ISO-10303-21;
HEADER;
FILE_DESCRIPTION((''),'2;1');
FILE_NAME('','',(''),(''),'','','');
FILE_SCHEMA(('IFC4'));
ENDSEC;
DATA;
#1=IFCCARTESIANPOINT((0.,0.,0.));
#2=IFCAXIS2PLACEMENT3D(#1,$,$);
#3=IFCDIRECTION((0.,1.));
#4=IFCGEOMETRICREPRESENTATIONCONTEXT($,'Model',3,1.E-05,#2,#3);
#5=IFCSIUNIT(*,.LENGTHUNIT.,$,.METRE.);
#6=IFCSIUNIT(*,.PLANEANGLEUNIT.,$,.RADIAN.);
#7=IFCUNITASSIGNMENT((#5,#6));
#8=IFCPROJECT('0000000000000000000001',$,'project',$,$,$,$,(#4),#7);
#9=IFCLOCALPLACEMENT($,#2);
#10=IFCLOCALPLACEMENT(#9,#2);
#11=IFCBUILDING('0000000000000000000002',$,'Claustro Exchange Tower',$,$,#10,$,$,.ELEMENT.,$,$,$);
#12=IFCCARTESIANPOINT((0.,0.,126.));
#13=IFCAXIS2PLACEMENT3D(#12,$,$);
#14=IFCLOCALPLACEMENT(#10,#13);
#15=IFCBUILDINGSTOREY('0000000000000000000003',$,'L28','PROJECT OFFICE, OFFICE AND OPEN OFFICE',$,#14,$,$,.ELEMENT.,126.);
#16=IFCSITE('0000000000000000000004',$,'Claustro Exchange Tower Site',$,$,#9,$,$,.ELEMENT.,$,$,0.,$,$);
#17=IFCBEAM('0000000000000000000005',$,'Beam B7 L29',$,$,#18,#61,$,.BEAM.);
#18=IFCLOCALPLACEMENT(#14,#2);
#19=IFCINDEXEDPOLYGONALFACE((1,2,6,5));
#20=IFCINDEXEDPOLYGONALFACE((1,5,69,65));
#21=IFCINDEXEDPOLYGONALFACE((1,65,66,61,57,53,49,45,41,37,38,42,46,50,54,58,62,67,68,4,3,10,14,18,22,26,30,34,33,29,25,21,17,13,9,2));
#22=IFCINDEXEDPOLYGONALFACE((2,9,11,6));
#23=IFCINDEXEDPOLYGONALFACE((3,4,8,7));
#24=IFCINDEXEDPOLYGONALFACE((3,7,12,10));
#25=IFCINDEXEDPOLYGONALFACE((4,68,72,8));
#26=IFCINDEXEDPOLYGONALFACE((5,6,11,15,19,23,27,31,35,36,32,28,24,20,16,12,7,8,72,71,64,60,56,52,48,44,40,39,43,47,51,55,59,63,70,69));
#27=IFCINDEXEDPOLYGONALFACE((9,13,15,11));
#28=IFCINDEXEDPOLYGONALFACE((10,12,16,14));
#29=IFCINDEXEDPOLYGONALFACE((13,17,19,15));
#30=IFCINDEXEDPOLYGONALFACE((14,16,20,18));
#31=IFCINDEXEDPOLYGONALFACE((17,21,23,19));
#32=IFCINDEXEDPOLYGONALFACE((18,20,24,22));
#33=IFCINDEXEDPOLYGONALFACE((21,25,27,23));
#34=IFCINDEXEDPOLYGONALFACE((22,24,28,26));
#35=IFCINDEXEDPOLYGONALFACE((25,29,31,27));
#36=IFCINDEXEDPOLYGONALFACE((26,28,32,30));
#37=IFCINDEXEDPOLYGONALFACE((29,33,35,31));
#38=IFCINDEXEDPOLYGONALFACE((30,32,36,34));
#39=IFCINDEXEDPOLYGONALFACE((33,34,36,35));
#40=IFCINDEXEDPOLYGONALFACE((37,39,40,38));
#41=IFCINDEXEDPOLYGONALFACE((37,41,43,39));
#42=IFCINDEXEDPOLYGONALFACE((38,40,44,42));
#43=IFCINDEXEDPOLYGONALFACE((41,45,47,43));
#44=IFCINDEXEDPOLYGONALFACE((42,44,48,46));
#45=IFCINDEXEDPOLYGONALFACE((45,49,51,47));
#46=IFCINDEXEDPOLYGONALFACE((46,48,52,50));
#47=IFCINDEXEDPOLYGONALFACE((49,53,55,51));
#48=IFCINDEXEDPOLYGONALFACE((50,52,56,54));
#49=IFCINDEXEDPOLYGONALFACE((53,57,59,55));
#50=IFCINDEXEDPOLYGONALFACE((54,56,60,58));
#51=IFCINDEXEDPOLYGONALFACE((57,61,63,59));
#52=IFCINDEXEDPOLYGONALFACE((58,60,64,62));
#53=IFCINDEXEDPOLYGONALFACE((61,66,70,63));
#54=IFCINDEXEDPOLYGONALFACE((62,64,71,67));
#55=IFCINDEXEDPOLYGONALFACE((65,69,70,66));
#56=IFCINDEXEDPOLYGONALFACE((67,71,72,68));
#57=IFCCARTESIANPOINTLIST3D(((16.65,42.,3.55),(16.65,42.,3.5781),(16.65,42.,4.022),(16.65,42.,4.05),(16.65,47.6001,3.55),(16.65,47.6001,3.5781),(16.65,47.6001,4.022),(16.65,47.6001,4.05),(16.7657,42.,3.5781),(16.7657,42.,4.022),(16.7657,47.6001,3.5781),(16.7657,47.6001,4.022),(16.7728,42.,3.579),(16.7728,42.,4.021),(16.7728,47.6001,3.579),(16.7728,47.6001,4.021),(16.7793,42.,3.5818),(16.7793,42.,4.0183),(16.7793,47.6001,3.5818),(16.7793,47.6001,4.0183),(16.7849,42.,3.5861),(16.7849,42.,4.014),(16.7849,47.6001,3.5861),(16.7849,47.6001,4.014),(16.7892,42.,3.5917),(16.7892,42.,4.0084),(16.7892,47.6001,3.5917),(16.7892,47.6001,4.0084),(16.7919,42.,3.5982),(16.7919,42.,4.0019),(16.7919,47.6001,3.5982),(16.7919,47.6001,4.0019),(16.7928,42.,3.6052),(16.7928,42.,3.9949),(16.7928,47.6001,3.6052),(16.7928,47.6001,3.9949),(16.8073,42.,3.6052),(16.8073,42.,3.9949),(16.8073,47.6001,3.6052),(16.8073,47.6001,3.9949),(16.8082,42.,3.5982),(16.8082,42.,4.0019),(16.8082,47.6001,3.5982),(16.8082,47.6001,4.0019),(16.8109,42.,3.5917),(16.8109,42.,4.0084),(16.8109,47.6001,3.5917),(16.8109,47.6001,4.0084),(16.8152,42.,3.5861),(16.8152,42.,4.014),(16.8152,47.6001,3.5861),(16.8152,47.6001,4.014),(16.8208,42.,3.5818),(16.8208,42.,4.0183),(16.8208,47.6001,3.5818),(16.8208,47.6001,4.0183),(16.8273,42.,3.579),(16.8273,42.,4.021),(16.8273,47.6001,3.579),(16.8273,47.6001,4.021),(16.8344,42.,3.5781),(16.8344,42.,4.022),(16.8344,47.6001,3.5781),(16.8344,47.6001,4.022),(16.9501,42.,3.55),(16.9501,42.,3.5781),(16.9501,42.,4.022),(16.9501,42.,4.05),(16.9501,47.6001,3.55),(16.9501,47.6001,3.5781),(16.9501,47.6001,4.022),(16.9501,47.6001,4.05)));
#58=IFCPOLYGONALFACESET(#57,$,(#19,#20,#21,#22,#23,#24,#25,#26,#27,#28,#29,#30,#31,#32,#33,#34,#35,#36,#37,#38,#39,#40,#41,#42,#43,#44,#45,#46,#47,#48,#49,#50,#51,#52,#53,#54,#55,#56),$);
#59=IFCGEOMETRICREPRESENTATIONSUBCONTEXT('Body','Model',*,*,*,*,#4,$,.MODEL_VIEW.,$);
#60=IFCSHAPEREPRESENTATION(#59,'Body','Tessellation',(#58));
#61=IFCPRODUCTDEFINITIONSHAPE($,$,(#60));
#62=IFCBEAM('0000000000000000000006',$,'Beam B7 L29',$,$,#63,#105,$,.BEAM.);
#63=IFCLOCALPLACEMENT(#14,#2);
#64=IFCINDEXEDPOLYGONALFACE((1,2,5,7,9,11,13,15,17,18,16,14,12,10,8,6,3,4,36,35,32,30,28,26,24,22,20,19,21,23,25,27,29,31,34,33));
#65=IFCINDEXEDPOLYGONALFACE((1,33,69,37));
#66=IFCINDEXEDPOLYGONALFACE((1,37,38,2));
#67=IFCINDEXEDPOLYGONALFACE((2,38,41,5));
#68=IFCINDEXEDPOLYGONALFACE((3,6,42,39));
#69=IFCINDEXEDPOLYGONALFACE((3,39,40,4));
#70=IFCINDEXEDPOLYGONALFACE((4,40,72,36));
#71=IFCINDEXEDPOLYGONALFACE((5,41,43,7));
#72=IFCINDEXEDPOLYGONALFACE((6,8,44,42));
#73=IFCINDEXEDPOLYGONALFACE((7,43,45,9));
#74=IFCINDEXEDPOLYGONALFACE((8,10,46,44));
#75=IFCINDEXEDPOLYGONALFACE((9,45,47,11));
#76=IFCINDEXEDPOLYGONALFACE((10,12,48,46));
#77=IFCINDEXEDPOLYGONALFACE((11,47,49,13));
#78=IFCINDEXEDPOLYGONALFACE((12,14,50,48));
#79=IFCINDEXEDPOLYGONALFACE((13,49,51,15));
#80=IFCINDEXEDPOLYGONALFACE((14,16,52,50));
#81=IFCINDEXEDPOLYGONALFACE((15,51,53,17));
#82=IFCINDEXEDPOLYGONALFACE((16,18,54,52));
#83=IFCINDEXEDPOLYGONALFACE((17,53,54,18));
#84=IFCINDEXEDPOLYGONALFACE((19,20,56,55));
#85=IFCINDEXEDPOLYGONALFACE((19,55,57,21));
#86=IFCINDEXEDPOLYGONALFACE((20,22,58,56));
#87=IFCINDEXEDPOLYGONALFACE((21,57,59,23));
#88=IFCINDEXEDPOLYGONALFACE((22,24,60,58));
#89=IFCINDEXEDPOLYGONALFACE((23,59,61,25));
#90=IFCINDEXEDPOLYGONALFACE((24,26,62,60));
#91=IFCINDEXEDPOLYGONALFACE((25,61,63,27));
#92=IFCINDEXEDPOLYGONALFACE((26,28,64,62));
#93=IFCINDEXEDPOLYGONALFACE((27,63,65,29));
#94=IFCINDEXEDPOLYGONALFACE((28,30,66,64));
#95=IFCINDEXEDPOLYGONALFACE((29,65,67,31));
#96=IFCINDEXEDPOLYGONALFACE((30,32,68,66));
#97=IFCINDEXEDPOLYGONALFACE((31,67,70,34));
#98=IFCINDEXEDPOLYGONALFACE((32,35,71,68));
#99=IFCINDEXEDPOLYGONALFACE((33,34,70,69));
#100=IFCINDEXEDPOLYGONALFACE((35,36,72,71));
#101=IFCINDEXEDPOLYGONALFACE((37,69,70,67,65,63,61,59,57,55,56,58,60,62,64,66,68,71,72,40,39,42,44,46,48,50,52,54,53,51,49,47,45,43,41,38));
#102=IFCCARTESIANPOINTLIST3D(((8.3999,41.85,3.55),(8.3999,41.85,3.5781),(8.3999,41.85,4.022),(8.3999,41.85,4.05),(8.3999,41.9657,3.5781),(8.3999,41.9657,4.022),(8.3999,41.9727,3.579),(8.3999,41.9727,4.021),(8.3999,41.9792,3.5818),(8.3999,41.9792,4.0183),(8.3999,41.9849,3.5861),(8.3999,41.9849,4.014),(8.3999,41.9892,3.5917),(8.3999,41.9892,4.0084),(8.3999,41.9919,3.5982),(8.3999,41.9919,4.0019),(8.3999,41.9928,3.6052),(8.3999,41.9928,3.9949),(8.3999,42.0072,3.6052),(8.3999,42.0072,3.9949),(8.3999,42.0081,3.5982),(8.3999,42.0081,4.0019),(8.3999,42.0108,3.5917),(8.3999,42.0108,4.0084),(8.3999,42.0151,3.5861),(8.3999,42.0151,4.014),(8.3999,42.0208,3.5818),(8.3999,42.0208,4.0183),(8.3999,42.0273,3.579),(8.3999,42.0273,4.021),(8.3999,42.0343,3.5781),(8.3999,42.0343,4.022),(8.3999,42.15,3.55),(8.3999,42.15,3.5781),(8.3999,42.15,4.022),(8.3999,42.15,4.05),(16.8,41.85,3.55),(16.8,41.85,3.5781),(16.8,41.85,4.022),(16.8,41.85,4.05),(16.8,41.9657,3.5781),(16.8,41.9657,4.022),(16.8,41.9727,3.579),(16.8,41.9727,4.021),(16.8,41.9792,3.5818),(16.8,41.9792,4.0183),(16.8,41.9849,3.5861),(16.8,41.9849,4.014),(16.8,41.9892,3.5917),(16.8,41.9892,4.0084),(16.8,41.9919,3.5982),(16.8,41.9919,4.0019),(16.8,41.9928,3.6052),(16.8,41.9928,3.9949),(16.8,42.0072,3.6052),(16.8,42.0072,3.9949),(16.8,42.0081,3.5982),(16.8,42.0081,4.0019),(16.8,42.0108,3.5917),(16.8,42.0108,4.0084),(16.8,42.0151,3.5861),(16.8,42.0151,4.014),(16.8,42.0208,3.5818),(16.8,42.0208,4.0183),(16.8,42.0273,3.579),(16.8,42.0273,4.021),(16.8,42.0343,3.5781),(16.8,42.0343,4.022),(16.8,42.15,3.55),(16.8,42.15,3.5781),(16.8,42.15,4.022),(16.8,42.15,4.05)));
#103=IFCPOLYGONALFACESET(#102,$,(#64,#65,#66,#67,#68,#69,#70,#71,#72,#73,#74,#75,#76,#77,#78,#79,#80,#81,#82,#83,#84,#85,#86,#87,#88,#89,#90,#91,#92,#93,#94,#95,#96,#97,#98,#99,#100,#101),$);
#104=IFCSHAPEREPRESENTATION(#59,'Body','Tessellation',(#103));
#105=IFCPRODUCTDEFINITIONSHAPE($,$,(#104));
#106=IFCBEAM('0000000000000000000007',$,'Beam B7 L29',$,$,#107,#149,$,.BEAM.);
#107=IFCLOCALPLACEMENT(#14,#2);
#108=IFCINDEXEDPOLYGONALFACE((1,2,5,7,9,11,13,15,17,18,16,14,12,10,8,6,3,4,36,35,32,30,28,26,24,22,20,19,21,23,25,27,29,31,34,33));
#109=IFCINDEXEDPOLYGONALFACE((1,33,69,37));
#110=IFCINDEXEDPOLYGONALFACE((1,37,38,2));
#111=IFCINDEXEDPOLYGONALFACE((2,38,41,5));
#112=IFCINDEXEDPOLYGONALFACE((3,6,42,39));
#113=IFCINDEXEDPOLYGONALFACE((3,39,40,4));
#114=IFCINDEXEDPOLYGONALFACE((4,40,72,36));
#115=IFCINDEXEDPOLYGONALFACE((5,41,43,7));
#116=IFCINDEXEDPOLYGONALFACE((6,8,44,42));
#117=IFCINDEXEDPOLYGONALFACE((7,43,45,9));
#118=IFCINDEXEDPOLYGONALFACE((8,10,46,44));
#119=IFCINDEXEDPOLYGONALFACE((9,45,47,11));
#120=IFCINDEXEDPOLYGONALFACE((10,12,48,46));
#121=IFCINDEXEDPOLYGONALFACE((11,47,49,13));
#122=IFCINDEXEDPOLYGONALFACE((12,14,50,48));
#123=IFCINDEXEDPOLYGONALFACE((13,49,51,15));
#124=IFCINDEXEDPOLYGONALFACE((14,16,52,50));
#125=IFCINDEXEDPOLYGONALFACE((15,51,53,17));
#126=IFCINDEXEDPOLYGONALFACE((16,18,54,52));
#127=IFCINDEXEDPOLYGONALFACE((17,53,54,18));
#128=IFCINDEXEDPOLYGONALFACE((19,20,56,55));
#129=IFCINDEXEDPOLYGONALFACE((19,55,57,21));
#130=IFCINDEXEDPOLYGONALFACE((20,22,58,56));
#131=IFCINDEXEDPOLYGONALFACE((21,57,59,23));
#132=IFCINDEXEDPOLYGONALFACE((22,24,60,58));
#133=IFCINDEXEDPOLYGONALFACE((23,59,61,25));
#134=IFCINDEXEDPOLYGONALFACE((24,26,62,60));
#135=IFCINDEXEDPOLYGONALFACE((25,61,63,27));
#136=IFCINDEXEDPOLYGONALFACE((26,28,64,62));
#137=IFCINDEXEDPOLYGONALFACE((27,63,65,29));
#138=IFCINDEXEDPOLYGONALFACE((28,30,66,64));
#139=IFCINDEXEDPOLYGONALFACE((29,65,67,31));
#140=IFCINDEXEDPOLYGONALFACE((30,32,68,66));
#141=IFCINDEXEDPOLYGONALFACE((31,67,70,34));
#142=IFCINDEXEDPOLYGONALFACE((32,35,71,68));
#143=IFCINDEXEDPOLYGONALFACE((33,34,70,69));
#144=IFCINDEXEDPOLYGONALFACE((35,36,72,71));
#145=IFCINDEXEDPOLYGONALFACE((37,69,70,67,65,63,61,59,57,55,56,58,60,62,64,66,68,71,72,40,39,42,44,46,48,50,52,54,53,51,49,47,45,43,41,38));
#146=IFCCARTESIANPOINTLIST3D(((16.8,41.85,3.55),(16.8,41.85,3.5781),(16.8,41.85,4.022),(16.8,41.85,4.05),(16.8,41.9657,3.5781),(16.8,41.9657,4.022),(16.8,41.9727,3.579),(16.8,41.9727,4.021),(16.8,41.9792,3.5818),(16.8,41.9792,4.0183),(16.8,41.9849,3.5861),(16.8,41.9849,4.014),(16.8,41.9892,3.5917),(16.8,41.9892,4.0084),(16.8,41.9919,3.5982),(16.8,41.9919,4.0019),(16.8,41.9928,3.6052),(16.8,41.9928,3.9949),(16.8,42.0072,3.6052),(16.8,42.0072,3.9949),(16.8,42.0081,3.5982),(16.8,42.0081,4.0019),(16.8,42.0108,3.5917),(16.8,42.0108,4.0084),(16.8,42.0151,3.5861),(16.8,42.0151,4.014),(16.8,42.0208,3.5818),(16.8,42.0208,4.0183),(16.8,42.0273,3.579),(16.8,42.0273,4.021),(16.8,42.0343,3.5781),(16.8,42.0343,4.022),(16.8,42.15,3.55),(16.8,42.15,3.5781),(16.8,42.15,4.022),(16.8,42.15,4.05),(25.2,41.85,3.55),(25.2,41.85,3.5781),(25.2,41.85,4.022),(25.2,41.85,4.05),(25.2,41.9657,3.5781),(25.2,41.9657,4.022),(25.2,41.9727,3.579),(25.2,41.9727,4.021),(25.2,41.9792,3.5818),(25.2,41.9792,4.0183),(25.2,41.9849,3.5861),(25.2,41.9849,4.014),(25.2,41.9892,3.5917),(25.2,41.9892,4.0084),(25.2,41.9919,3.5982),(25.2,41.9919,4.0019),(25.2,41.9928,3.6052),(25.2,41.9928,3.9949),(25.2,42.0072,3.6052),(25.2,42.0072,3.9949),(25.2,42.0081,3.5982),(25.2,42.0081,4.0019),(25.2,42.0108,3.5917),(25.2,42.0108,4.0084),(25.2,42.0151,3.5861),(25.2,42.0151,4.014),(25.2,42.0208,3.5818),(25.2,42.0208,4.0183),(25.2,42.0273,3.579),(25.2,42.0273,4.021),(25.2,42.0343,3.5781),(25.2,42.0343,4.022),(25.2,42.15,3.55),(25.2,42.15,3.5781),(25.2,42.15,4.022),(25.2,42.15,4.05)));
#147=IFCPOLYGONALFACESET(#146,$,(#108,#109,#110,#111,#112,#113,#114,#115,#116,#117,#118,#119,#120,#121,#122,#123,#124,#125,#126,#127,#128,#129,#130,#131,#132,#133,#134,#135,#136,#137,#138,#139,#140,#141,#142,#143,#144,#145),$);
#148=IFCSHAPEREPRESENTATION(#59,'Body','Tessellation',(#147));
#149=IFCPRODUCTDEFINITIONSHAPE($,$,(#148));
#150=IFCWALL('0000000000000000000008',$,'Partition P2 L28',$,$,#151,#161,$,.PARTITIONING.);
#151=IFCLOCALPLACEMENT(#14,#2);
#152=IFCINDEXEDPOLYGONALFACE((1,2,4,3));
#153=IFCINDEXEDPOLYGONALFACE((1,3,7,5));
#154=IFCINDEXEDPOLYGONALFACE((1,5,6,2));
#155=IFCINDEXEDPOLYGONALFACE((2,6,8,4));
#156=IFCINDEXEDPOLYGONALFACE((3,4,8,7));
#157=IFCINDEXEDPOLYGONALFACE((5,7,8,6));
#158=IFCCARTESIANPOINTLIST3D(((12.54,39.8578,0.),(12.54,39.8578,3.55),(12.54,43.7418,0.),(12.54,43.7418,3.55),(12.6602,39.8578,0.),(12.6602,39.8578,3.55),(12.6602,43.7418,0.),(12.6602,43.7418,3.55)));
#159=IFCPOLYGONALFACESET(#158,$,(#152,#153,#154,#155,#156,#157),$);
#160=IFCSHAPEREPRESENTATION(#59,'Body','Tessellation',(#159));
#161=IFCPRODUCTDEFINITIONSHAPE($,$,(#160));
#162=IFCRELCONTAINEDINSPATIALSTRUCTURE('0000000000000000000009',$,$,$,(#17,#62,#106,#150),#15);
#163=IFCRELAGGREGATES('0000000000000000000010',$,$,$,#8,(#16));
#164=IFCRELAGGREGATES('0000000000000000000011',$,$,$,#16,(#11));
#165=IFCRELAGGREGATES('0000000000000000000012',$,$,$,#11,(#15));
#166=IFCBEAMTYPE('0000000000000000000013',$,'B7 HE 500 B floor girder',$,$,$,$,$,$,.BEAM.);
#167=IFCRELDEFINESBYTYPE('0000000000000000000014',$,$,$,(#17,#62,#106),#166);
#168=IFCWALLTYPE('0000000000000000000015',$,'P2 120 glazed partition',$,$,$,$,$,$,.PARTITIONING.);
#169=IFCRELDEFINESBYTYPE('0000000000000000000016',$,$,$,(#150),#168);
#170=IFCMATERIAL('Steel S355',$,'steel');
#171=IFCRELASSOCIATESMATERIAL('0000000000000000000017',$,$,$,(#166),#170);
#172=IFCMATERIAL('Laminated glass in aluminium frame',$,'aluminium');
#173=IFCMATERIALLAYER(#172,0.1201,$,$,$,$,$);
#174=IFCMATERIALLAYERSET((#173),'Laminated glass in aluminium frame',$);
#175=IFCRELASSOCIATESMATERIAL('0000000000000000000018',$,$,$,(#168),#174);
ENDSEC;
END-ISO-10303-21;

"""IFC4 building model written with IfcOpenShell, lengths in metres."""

from ifc_helpers import new_model, si_unit, direction, frame, frame_2d, origin, origin_2d, place, context, subcontext, project, spatial, rectangle, i_section, extrude, material, layer, layer_set, material_profile, profile_set, type_object, element, save


model = new_model("IFC4")

# Units and contexts
model_context = context("Model", 3, precision=1e-05, world=origin(), true_north=direction((0.0, 1.0)))
body_context = subcontext(model_context, "Body", "Model", "MODEL_VIEW")
ifc_project = project(units=[si_unit("LENGTHUNIT", "METRE"), si_unit("PLANEANGLEUNIT", "RADIAN")], contexts=[model_context])

# Site, building, storey
site_placement = place(None, origin())
site = spatial("IfcSite", under=ifc_project, at=site_placement, Name="Claustro Exchange Tower Site", CompositionType="ELEMENT", RefElevation=0.0)
building_placement = place(site_placement, origin())
building = spatial("IfcBuilding", under=site, at=building_placement, Name="Claustro Exchange Tower", CompositionType="ELEMENT")
storey_placement = place(building_placement, frame((0.0, 0.0, 126.0)))
storey = spatial("IfcBuildingStorey", under=building, at=storey_placement, Name="L28", Description="PROJECT OFFICE, OFFICE AND OPEN OFFICE", CompositionType="ELEMENT", Elevation=126.0)

# Beams
ifc_material_1 = material(Name="Steel S355", Category="steel")
ifc_material_profile_1 = material_profile(ifc_material_1, i_section(OverallWidth=0.3, OverallDepth=0.5, WebThickness=0.0144, FlangeThickness=0.0281, FilletRadius=0.0271, at=origin_2d()), Name="HE 500 B")
ifc_profile_set_1 = profile_set([ifc_material_profile_1], Name="Steel S355")
beam_type_1 = type_object("IfcBeamType", Name="B7 HE 500 B floor girder", PredefinedType="BEAM", material=ifc_profile_set_1)
for number, where, z_axis, x_axis, name in (
    (1, (16.8, 42.0, 3.8), (0.0, 1.0, 0.0), (-1.0, 0.0, 0.0), "Beam B7 L29"),
):
    element("IfcBeam", number, at=place(storey_placement, frame(where, z_axis=z_axis, x_axis=x_axis)), inside=storey, type_object=beam_type_1, Name=name, PredefinedType="BEAM", context=body_context, shape_type="SweptSolid", body=[
        extrude(i_section(OverallWidth=0.3, OverallDepth=0.5, WebThickness=0.0144, FlangeThickness=0.0281, FilletRadius=0.0271, at=origin_2d()), origin(), (0.0, 0.0, 1.0), 5.6001),
    ])
beam_1_placement = place(storey_placement, frame((8.3999, 42.0, 3.8), z_axis=(1.0, 0.0, 0.0), x_axis=(0.0, 1.0, 0.0)))
element("IfcBeam", 2, at=beam_1_placement, inside=storey, type_object=beam_type_1, Name="Beam B7 L29", PredefinedType="BEAM", context=body_context, shape_type="SweptSolid", body=[
    extrude(i_section(OverallWidth=0.3, OverallDepth=0.5, WebThickness=0.0144, FlangeThickness=0.0281, FilletRadius=0.0271, at=origin_2d()), origin(), (0.0, 0.0, 1.0), 8.4001),
])
beam_2_placement = place(storey_placement, frame((16.8, 42.0, 3.8), z_axis=(1.0, 0.0, 0.0), x_axis=(0.0, 1.0, 0.0)))
element("IfcBeam", 3, at=beam_2_placement, inside=storey, type_object=beam_type_1, Name="Beam B7 L29", PredefinedType="BEAM", context=body_context, shape_type="SweptSolid", body=[
    extrude(i_section(OverallWidth=0.3, OverallDepth=0.5, WebThickness=0.0144, FlangeThickness=0.0281, FilletRadius=0.0271, at=origin_2d()), origin(), (0.0, 0.0, 1.0), 8.3999),
])

# Wall
ifc_material_2 = material(Name="Laminated glass in aluminium frame", Category="aluminium")
ifc_layer = layer(ifc_material_2, 0.1201)
ifc_layer_set = layer_set([ifc_layer], Name="Laminated glass in aluminium frame")
wall_type = type_object("IfcWallType", Name="P2 120 glazed partition", PredefinedType="PARTITIONING", material=ifc_layer_set)
wall_1_placement = place(storey_placement, frame((12.6001, 39.8579, 0.0), z_axis=(0.0, 0.0, 1.0), x_axis=(0.0, 1.0, 0.0)))
element("IfcWall", 4, at=wall_1_placement, inside=storey, type_object=wall_type, Name="Partition P2 L28", PredefinedType="PARTITIONING", context=body_context, shape_type="SweptSolid", body=[
    extrude(rectangle(XDim=3.884, YDim=0.1201, at=frame_2d((1.9419, 0.0))), origin(), (0.0, 0.0, 1.0), 3.55),
])

save(model, "model.ifc")
